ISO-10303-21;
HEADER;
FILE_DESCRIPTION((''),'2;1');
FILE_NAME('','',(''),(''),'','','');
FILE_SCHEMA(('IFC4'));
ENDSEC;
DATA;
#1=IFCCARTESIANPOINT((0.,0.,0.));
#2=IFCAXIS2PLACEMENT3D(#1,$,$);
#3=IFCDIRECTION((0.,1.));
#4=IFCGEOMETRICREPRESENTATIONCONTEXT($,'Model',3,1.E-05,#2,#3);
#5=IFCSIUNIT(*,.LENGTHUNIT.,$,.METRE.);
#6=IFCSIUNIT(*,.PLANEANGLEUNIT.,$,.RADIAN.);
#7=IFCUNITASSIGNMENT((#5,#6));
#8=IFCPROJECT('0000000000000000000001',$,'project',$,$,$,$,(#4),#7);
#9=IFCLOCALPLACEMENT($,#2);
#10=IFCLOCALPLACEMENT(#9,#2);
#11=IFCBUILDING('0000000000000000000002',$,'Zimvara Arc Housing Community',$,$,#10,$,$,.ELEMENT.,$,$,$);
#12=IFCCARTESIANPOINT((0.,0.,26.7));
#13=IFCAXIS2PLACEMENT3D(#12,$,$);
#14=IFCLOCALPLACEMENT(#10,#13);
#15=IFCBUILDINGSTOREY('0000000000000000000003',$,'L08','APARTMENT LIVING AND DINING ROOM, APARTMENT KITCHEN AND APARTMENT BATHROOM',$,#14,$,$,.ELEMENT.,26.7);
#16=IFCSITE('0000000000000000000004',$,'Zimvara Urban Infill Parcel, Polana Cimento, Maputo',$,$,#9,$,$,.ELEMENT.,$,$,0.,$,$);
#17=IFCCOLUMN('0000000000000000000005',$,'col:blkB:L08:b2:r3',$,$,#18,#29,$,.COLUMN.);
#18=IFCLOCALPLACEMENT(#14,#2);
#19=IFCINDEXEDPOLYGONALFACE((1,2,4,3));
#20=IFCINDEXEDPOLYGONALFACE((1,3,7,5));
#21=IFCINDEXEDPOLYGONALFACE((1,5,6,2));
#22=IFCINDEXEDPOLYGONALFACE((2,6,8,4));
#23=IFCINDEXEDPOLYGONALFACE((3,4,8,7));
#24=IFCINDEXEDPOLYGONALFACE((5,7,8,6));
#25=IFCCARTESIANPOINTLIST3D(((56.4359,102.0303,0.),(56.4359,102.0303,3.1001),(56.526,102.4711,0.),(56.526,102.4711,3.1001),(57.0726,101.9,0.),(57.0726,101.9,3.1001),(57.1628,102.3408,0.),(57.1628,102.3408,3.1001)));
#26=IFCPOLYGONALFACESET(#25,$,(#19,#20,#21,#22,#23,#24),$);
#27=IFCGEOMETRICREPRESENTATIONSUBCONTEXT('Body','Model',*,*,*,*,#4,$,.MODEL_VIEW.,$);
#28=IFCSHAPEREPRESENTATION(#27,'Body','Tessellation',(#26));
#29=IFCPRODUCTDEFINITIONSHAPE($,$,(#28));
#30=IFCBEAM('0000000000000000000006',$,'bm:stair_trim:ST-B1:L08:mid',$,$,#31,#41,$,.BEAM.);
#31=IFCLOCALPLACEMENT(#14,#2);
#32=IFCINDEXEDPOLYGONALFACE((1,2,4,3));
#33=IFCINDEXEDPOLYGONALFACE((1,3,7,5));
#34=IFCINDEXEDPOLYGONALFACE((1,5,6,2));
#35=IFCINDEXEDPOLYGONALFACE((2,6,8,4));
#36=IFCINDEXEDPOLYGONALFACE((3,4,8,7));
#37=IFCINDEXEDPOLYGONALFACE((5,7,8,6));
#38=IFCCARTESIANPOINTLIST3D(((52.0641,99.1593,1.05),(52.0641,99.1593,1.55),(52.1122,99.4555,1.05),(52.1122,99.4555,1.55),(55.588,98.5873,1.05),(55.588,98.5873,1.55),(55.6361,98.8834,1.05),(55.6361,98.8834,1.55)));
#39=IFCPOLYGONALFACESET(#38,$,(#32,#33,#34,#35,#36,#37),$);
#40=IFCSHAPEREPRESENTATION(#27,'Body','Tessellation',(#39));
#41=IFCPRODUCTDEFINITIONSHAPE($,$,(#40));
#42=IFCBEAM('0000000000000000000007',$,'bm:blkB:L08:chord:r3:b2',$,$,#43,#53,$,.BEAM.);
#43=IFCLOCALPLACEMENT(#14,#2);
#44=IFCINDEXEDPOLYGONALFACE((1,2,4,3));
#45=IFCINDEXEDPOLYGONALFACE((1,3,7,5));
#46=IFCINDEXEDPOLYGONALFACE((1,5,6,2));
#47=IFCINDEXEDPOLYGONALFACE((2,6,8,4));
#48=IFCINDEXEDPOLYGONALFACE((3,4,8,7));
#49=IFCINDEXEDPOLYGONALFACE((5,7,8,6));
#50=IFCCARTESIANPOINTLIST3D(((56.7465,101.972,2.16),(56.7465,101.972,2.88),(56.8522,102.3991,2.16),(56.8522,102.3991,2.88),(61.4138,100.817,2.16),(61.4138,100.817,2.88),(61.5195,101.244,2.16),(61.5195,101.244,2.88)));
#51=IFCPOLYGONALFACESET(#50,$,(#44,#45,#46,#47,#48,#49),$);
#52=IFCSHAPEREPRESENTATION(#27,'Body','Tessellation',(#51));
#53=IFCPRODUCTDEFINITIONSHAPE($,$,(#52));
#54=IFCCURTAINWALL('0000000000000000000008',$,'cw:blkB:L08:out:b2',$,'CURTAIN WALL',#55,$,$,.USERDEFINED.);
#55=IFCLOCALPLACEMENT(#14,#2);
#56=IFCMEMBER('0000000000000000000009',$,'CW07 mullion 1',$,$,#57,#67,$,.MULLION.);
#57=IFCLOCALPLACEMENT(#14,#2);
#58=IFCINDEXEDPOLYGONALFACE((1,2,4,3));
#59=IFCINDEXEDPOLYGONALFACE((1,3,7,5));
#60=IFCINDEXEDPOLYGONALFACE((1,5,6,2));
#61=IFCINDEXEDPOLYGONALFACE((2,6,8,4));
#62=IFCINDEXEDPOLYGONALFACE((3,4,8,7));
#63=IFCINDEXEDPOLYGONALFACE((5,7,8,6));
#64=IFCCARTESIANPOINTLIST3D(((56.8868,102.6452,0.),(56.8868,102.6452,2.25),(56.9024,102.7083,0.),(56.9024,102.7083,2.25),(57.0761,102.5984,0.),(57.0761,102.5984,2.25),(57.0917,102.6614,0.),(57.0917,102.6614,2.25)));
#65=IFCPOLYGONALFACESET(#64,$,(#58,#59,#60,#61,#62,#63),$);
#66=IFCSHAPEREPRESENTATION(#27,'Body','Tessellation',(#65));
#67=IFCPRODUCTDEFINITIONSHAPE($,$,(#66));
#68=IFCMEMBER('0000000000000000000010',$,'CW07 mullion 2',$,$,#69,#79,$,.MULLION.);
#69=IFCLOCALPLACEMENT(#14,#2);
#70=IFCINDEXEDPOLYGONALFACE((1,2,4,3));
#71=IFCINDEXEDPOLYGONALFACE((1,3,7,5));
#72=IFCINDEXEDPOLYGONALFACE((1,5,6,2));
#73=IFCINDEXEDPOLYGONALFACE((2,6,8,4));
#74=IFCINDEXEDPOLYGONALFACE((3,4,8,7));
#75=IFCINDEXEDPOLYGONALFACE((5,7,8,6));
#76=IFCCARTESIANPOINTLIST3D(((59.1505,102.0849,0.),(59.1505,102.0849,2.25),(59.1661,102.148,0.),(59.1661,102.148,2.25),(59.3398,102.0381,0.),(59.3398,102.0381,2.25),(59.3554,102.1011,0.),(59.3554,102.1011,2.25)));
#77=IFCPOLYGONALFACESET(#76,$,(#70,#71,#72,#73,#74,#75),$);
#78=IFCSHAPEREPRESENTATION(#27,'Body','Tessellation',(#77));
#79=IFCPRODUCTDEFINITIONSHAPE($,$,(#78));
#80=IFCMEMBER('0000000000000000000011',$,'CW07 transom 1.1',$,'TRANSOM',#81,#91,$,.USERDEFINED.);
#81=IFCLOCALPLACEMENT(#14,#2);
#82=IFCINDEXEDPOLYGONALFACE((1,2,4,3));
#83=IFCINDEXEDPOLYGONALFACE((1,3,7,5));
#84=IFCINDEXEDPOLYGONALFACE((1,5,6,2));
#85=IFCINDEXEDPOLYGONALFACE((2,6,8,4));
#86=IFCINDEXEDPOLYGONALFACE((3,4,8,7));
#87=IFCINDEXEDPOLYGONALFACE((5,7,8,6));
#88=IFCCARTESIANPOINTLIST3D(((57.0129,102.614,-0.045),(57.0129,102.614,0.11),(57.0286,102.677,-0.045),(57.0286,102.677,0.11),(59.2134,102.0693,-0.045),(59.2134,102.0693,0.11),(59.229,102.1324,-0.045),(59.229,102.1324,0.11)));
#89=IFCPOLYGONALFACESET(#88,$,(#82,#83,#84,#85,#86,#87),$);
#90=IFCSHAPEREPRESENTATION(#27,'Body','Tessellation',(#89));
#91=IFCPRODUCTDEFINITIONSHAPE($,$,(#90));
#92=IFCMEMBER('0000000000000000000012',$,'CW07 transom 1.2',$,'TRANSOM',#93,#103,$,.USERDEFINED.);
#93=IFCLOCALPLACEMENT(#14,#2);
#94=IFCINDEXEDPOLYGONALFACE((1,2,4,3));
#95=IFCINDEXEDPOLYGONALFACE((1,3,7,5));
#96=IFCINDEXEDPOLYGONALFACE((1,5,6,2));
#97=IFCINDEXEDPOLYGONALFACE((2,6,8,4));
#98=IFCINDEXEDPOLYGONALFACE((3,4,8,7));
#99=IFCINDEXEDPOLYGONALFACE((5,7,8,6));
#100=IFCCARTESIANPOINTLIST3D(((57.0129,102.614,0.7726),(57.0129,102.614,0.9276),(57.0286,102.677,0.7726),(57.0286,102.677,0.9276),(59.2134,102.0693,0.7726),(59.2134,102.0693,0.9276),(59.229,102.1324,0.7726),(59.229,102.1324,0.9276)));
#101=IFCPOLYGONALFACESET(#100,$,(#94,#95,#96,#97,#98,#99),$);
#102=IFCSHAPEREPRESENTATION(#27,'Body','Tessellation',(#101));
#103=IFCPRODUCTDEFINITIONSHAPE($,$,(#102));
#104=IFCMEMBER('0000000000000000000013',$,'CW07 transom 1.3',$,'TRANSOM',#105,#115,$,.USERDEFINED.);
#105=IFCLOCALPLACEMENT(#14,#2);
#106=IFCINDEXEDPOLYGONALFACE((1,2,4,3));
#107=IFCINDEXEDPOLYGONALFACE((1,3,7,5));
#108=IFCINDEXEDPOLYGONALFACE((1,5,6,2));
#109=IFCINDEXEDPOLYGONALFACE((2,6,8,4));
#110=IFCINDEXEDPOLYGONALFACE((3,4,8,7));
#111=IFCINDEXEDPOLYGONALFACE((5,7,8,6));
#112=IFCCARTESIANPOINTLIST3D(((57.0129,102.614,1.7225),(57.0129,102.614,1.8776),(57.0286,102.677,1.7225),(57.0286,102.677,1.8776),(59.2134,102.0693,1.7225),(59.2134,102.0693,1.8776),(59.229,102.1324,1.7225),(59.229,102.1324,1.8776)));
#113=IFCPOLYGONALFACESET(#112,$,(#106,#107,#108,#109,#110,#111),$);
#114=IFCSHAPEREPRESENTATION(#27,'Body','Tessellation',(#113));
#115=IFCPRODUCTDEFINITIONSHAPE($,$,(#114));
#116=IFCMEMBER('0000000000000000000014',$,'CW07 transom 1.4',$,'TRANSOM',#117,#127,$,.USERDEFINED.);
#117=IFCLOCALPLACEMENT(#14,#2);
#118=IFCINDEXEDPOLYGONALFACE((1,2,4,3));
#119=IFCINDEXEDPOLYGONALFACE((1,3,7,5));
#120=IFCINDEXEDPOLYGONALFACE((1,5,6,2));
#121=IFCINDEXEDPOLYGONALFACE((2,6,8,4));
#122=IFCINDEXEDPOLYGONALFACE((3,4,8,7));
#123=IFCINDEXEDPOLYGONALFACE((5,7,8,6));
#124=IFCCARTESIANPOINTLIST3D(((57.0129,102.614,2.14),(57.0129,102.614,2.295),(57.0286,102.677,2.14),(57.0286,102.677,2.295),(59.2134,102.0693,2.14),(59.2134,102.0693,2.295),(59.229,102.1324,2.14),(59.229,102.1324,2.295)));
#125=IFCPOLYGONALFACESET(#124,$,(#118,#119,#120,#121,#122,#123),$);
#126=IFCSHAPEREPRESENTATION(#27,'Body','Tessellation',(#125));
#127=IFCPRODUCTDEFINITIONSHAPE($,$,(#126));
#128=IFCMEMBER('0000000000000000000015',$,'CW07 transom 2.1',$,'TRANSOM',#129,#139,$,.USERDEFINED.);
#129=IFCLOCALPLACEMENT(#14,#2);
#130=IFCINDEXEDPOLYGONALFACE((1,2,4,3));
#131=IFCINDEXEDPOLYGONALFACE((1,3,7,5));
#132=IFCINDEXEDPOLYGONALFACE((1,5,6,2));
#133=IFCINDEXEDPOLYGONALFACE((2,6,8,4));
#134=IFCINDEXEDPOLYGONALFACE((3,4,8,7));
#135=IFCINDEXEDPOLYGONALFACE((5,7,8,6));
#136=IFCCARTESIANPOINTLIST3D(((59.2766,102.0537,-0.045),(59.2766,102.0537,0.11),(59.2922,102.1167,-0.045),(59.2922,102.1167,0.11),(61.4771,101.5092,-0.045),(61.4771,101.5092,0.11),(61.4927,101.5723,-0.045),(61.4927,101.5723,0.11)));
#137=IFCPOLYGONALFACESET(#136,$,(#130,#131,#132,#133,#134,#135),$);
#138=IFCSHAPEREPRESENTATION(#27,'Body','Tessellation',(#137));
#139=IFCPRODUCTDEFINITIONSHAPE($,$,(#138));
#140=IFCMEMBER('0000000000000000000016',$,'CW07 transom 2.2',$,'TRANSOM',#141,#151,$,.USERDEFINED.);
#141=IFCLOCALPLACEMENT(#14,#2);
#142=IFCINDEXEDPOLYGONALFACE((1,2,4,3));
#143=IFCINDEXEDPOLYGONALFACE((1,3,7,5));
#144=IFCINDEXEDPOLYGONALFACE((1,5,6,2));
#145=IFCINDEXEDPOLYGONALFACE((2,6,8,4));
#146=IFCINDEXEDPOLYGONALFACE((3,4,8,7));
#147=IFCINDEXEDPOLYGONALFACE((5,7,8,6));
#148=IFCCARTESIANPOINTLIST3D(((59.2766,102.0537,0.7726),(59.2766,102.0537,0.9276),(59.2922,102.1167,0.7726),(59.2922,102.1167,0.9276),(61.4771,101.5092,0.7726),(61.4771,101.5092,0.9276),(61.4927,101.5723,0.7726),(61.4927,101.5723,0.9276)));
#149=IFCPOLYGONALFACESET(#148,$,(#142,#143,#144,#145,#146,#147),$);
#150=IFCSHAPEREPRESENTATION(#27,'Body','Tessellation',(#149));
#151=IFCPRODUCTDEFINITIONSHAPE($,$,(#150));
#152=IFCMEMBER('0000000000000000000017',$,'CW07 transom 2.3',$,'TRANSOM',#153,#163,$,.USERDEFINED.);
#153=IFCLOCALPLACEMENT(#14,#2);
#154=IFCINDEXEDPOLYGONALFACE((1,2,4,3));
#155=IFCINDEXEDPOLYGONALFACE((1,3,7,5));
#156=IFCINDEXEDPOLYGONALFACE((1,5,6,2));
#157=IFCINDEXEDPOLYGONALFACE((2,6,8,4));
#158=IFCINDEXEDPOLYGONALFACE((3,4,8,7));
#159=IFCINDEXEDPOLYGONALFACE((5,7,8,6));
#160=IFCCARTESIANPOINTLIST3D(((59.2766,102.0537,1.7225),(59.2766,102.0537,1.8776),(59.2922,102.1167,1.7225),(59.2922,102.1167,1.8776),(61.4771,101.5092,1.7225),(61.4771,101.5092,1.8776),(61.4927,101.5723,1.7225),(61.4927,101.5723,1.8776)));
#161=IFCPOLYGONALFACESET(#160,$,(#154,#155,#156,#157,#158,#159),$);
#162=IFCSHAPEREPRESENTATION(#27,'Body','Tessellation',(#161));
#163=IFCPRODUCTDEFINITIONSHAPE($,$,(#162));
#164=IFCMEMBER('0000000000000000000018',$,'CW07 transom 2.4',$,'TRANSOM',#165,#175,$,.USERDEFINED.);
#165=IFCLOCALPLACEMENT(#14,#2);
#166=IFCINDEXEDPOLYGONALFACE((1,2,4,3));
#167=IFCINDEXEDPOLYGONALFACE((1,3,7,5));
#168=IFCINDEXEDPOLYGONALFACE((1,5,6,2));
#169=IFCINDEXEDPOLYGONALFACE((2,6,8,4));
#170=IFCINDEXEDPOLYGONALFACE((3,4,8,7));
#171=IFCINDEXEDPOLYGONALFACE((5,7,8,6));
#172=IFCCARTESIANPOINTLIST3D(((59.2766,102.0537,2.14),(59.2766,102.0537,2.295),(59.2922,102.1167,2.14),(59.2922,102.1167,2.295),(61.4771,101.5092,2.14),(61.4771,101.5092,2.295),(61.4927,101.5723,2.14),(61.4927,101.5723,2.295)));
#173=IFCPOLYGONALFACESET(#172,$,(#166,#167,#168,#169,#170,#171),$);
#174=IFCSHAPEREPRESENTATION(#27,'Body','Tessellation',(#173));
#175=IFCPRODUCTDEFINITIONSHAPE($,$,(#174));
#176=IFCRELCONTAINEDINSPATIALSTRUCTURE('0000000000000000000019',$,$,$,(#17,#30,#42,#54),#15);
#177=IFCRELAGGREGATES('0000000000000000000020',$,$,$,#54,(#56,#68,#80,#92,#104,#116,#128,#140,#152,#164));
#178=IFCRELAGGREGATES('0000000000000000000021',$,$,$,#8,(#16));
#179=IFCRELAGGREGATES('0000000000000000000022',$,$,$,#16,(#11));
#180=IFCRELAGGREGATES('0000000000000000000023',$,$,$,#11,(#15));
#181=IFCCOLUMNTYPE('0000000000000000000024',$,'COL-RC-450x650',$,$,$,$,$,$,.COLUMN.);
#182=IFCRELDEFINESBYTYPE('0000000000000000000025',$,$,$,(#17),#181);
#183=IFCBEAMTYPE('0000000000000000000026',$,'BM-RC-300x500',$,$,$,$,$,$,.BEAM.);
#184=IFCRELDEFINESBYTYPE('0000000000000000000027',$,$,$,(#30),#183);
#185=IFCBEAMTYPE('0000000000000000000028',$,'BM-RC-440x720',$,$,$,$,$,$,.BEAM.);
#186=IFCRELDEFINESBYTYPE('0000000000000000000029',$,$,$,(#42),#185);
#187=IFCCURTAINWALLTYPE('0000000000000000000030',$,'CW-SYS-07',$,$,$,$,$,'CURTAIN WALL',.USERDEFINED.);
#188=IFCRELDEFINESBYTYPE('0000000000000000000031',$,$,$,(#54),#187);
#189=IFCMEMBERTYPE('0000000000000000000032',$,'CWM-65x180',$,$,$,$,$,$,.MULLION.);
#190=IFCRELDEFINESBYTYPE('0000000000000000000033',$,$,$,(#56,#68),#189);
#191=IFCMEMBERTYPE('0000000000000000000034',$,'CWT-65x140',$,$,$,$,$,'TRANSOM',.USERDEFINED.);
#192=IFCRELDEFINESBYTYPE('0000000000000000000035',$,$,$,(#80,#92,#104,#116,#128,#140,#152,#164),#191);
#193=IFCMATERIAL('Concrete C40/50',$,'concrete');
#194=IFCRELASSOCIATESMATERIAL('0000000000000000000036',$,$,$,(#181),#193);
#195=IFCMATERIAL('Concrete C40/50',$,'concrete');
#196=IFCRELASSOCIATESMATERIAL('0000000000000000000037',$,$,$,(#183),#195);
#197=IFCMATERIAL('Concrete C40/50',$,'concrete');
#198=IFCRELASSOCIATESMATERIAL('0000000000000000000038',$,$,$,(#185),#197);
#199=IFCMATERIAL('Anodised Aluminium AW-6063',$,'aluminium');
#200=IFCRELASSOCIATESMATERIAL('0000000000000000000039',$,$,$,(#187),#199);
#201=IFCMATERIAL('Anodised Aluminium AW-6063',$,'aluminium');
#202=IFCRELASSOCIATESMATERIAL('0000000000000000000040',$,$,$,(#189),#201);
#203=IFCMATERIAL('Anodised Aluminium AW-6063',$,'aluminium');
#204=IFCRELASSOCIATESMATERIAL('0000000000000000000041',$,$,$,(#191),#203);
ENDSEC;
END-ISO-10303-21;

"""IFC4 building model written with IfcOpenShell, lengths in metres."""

from ifc_helpers import new_model, si_unit, direction, frame, origin, origin_2d, place, context, subcontext, project, spatial, rectangle, extrude, material, material_profile, profile_set, type_object, element, aggregate, save


model = new_model("IFC4")

# Units and contexts
model_context = context("Model", 3, precision=1e-05, world=origin(), true_north=direction((0.0, 1.0)))
body_context = subcontext(model_context, "Body", "Model", "MODEL_VIEW")
ifc_project = project(units=[si_unit("LENGTHUNIT", "METRE"), si_unit("PLANEANGLEUNIT", "RADIAN")], contexts=[model_context])

# Site, building, storey
site_placement = place(None, origin())
site = spatial("IfcSite", under=ifc_project, at=site_placement, Name="Zimvara Urban Infill Parcel, Polana Cimento, Maputo", CompositionType="ELEMENT", RefElevation=0.0)
building_placement = place(site_placement, origin())
building = spatial("IfcBuilding", under=site, at=building_placement, Name="Zimvara Arc Housing Community", CompositionType="ELEMENT")
storey_placement = place(building_placement, frame((0.0, 0.0, 26.7)))
storey = spatial("IfcBuildingStorey", under=building, at=storey_placement, Name="L08", Description="APARTMENT LIVING AND DINING ROOM, APARTMENT KITCHEN AND APARTMENT BATHROOM", CompositionType="ELEMENT", Elevation=26.7)

# Column
ifc_material_1 = material(Name="Concrete C40/50", Category="concrete")
ifc_material_profile_1 = material_profile(ifc_material_1, rectangle(XDim=0.45, YDim=0.6499, at=origin_2d()), Name="RC 450x650")
ifc_profile_set_1 = profile_set([ifc_material_profile_1], Name="Concrete C40/50")
column_type = type_object("IfcColumnType", Name="COL-RC-450x650", PredefinedType="COLUMN", material=ifc_profile_set_1)
column_placement = place(storey_placement, frame((56.7993, 102.1855, 0.0), z_axis=(0.0, 0.0, 1.0), x_axis=(0.200394, 0.979715, 0.0)))
element("IfcColumn", 1, at=column_placement, inside=storey, type_object=column_type, Name="col:blkB:L08:b2:r3", PredefinedType="COLUMN", context=body_context, shape_type="SweptSolid", body=[
    extrude(rectangle(XDim=0.45, YDim=0.6499, at=origin_2d()), origin(), (0.0, 0.0, 1.0), 3.1001),
])

# Beams
ifc_material_2 = material(Name="Concrete C40/50", Category="concrete")
ifc_material_profile_2 = material_profile(ifc_material_2, rectangle(XDim=0.3, YDim=0.5, at=origin_2d()), Name="RC 300x500")
ifc_profile_set_2 = profile_set([ifc_material_profile_2], Name="Concrete C40/50")
beam_type_1 = type_object("IfcBeamType", Name="BM-RC-300x500", PredefinedType="BEAM", material=ifc_profile_set_2)
beam_1_placement = place(storey_placement, frame((55.6121, 98.7354, 1.3), z_axis=(-0.98708, 0.160228, 0.0), x_axis=(-0.160228, -0.98708, 0.0)))
element("IfcBeam", 2, at=beam_1_placement, inside=storey, type_object=beam_type_1, Name="bm:stair_trim:ST-B1:L08:mid", PredefinedType="BEAM", context=body_context, shape_type="SweptSolid", body=[
    extrude(rectangle(XDim=0.3, YDim=0.5, at=origin_2d()), origin(), (0.0, 0.0, 1.0), 3.5701),
])
ifc_material_3 = material(Name="Concrete C40/50", Category="concrete")
ifc_material_profile_3 = material_profile(ifc_material_3, rectangle(XDim=0.4399, YDim=0.72, at=origin_2d()), Name="RC 440x720")
ifc_profile_set_3 = profile_set([ifc_material_profile_3], Name="Concrete C40/50")
beam_type_2 = type_object("IfcBeamType", Name="BM-RC-440x720", PredefinedType="BEAM", material=ifc_profile_set_3)
beam_2_placement = place(storey_placement, frame((56.7993, 102.1855, 2.52), z_axis=(0.970716, -0.240229, 0.0), x_axis=(0.240229, 0.970716, 0.0)))
element("IfcBeam", 3, at=beam_2_placement, inside=storey, type_object=beam_type_2, Name="bm:blkB:L08:chord:r3:b2", PredefinedType="BEAM", context=body_context, shape_type="SweptSolid", body=[
    extrude(rectangle(XDim=0.4399, YDim=0.72, at=origin_2d()), origin(), (0.0, 0.0, 1.0), 4.8081),
])

# Curtain wall, members
ifc_material_4 = material(Name="Anodised Aluminium AW-6063", Category="aluminium")
curtain_wall_type = type_object("IfcCurtainWallType", Name="CW-SYS-07", ElementType="CURTAIN WALL", PredefinedType="USERDEFINED", material=ifc_material_4)
curtain_wall_placement = place(storey_placement, origin())
curtain_wall = element("IfcCurtainWall", 4, at=curtain_wall_placement, inside=storey, type_object=curtain_wall_type, Name="cw:blkB:L08:out:b2", ObjectType="CURTAIN WALL", PredefinedType="USERDEFINED")
ifc_material_5 = material(Name="Anodised Aluminium AW-6063", Category="aluminium")
ifc_material_profile_4 = material_profile(ifc_material_5, rectangle(XDim=0.0649, YDim=0.1951, at=origin_2d()), Name="ALU 65x195")
ifc_profile_set_4 = profile_set([ifc_material_profile_4], Name="Anodised Aluminium AW-6063")
member_type_1 = type_object("IfcMemberType", Name="CWM-65x180", PredefinedType="MULLION", material=ifc_profile_set_4)
member_1_placement = place(storey_placement, frame((56.9893, 102.6533, 0.0), z_axis=(0.0, 0.0, 1.0), x_axis=(0.24023, 0.970716, 0.0)))
member_1 = element("IfcMember", 5, at=member_1_placement, type_object=member_type_1, Name="CW07 mullion 1", PredefinedType="MULLION", context=body_context, shape_type="SweptSolid", body=[
    extrude(rectangle(XDim=0.0649, YDim=0.1951, at=origin_2d()), origin(), (0.0, 0.0, 1.0), 2.25),
])
member_2_placement = place(storey_placement, frame((59.2529, 102.093, 0.0), z_axis=(0.0, 0.0, 1.0), x_axis=(0.24023, 0.970716, 0.0)))
member_2 = element("IfcMember", 6, at=member_2_placement, type_object=member_type_1, Name="CW07 mullion 2", PredefinedType="MULLION", context=body_context, shape_type="SweptSolid", body=[
    extrude(rectangle(XDim=0.0649, YDim=0.1951, at=origin_2d()), origin(), (0.0, 0.0, 1.0), 2.25),
])
ifc_material_6 = material(Name="Anodised Aluminium AW-6063", Category="aluminium")
ifc_material_profile_5 = material_profile(ifc_material_6, rectangle(XDim=0.0649, YDim=0.155, at=origin_2d()), Name="ALU 65x155")
ifc_profile_set_5 = profile_set([ifc_material_profile_5], Name="Anodised Aluminium AW-6063")
member_type_2 = type_object("IfcMemberType", Name="CWT-65x140", ElementType="TRANSOM", PredefinedType="USERDEFINED", material=ifc_profile_set_5)
member_3_placement = place(storey_placement, frame((57.0208, 102.6455, 0.0325), z_axis=(0.970704, -0.24028, 0.0), x_axis=(0.24028, 0.970704, 0.0)))
member_3 = element("IfcMember", 7, at=member_3_placement, type_object=member_type_2, Name="CW07 transom 1.1", ObjectType="TRANSOM", PredefinedType="USERDEFINED", context=body_context, shape_type="SweptSolid", body=[
    extrude(rectangle(XDim=0.0649, YDim=0.155, at=origin_2d()), origin(), (0.0, 0.0, 1.0), 2.2668),
])
member_4_placement = place(storey_placement, frame((57.0208, 102.6455, 0.8501), z_axis=(0.970704, -0.24028, 0.0), x_axis=(0.24028, 0.970704, 0.0)))
member_4 = element("IfcMember", 8, at=member_4_placement, type_object=member_type_2, Name="CW07 transom 1.2", ObjectType="TRANSOM", PredefinedType="USERDEFINED", context=body_context, shape_type="SweptSolid", body=[
    extrude(rectangle(XDim=0.0649, YDim=0.155, at=origin_2d()), origin(), (0.0, 0.0, 1.0), 2.2668),
])
member_5_placement = place(storey_placement, frame((57.0208, 102.6455, 1.8), z_axis=(0.970704, -0.24028, 0.0), x_axis=(0.24028, 0.970704, 0.0)))
member_5 = element("IfcMember", 9, at=member_5_placement, type_object=member_type_2, Name="CW07 transom 1.3", ObjectType="TRANSOM", PredefinedType="USERDEFINED", context=body_context, shape_type="SweptSolid", body=[
    extrude(rectangle(XDim=0.0649, YDim=0.155, at=origin_2d()), origin(), (0.0, 0.0, 1.0), 2.2668),
])
member_6_placement = place(storey_placement, frame((57.0208, 102.6455, 2.2175), z_axis=(0.970704, -0.24028, 0.0), x_axis=(0.24028, 0.970704, 0.0)))
member_6 = element("IfcMember", 10, at=member_6_placement, type_object=member_type_2, Name="CW07 transom 1.4", ObjectType="TRANSOM", PredefinedType="USERDEFINED", context=body_context, shape_type="SweptSolid", body=[
    extrude(rectangle(XDim=0.0649, YDim=0.155, at=origin_2d()), origin(), (0.0, 0.0, 1.0), 2.2668),
])
member_7_placement = place(storey_placement, frame((59.2844, 102.0852, 0.0325), z_axis=(0.970729, -0.240178, 0.0), x_axis=(0.240178, 0.970729, 0.0)))
member_7 = element("IfcMember", 11, at=member_7_placement, type_object=member_type_2, Name="CW07 transom 2.1", ObjectType="TRANSOM", PredefinedType="USERDEFINED", context=body_context, shape_type="SweptSolid", body=[
    extrude(rectangle(XDim=0.0649, YDim=0.155, at=origin_2d()), origin(), (0.0, 0.0, 1.0), 2.2668),
])
member_8_placement = place(storey_placement, frame((59.2844, 102.0852, 0.8501), z_axis=(0.970729, -0.240178, 0.0), x_axis=(0.240178, 0.970729, 0.0)))
member_8 = element("IfcMember", 12, at=member_8_placement, type_object=member_type_2, Name="CW07 transom 2.2", ObjectType="TRANSOM", PredefinedType="USERDEFINED", context=body_context, shape_type="SweptSolid", body=[
    extrude(rectangle(XDim=0.0649, YDim=0.155, at=origin_2d()), origin(), (0.0, 0.0, 1.0), 2.2668),
])
member_9_placement = place(storey_placement, frame((59.2844, 102.0852, 1.8), z_axis=(0.970729, -0.240178, 0.0), x_axis=(0.240178, 0.970729, 0.0)))
member_9 = element("IfcMember", 13, at=member_9_placement, type_object=member_type_2, Name="CW07 transom 2.3", ObjectType="TRANSOM", PredefinedType="USERDEFINED", context=body_context, shape_type="SweptSolid", body=[
    extrude(rectangle(XDim=0.0649, YDim=0.155, at=origin_2d()), origin(), (0.0, 0.0, 1.0), 2.2668),
])
member_10_placement = place(storey_placement, frame((59.2844, 102.0852, 2.2175), z_axis=(0.970729, -0.240178, 0.0), x_axis=(0.240178, 0.970729, 0.0)))
member_10 = element("IfcMember", 14, at=member_10_placement, type_object=member_type_2, Name="CW07 transom 2.4", ObjectType="TRANSOM", PredefinedType="USERDEFINED", context=body_context, shape_type="SweptSolid", body=[
    extrude(rectangle(XDim=0.0649, YDim=0.155, at=origin_2d()), origin(), (0.0, 0.0, 1.0), 2.2668),
])
aggregate(curtain_wall, [member_1, member_2, member_3, member_4, member_5, member_6, member_7, member_8, member_9, member_10])

save(model, "model.ifc")
